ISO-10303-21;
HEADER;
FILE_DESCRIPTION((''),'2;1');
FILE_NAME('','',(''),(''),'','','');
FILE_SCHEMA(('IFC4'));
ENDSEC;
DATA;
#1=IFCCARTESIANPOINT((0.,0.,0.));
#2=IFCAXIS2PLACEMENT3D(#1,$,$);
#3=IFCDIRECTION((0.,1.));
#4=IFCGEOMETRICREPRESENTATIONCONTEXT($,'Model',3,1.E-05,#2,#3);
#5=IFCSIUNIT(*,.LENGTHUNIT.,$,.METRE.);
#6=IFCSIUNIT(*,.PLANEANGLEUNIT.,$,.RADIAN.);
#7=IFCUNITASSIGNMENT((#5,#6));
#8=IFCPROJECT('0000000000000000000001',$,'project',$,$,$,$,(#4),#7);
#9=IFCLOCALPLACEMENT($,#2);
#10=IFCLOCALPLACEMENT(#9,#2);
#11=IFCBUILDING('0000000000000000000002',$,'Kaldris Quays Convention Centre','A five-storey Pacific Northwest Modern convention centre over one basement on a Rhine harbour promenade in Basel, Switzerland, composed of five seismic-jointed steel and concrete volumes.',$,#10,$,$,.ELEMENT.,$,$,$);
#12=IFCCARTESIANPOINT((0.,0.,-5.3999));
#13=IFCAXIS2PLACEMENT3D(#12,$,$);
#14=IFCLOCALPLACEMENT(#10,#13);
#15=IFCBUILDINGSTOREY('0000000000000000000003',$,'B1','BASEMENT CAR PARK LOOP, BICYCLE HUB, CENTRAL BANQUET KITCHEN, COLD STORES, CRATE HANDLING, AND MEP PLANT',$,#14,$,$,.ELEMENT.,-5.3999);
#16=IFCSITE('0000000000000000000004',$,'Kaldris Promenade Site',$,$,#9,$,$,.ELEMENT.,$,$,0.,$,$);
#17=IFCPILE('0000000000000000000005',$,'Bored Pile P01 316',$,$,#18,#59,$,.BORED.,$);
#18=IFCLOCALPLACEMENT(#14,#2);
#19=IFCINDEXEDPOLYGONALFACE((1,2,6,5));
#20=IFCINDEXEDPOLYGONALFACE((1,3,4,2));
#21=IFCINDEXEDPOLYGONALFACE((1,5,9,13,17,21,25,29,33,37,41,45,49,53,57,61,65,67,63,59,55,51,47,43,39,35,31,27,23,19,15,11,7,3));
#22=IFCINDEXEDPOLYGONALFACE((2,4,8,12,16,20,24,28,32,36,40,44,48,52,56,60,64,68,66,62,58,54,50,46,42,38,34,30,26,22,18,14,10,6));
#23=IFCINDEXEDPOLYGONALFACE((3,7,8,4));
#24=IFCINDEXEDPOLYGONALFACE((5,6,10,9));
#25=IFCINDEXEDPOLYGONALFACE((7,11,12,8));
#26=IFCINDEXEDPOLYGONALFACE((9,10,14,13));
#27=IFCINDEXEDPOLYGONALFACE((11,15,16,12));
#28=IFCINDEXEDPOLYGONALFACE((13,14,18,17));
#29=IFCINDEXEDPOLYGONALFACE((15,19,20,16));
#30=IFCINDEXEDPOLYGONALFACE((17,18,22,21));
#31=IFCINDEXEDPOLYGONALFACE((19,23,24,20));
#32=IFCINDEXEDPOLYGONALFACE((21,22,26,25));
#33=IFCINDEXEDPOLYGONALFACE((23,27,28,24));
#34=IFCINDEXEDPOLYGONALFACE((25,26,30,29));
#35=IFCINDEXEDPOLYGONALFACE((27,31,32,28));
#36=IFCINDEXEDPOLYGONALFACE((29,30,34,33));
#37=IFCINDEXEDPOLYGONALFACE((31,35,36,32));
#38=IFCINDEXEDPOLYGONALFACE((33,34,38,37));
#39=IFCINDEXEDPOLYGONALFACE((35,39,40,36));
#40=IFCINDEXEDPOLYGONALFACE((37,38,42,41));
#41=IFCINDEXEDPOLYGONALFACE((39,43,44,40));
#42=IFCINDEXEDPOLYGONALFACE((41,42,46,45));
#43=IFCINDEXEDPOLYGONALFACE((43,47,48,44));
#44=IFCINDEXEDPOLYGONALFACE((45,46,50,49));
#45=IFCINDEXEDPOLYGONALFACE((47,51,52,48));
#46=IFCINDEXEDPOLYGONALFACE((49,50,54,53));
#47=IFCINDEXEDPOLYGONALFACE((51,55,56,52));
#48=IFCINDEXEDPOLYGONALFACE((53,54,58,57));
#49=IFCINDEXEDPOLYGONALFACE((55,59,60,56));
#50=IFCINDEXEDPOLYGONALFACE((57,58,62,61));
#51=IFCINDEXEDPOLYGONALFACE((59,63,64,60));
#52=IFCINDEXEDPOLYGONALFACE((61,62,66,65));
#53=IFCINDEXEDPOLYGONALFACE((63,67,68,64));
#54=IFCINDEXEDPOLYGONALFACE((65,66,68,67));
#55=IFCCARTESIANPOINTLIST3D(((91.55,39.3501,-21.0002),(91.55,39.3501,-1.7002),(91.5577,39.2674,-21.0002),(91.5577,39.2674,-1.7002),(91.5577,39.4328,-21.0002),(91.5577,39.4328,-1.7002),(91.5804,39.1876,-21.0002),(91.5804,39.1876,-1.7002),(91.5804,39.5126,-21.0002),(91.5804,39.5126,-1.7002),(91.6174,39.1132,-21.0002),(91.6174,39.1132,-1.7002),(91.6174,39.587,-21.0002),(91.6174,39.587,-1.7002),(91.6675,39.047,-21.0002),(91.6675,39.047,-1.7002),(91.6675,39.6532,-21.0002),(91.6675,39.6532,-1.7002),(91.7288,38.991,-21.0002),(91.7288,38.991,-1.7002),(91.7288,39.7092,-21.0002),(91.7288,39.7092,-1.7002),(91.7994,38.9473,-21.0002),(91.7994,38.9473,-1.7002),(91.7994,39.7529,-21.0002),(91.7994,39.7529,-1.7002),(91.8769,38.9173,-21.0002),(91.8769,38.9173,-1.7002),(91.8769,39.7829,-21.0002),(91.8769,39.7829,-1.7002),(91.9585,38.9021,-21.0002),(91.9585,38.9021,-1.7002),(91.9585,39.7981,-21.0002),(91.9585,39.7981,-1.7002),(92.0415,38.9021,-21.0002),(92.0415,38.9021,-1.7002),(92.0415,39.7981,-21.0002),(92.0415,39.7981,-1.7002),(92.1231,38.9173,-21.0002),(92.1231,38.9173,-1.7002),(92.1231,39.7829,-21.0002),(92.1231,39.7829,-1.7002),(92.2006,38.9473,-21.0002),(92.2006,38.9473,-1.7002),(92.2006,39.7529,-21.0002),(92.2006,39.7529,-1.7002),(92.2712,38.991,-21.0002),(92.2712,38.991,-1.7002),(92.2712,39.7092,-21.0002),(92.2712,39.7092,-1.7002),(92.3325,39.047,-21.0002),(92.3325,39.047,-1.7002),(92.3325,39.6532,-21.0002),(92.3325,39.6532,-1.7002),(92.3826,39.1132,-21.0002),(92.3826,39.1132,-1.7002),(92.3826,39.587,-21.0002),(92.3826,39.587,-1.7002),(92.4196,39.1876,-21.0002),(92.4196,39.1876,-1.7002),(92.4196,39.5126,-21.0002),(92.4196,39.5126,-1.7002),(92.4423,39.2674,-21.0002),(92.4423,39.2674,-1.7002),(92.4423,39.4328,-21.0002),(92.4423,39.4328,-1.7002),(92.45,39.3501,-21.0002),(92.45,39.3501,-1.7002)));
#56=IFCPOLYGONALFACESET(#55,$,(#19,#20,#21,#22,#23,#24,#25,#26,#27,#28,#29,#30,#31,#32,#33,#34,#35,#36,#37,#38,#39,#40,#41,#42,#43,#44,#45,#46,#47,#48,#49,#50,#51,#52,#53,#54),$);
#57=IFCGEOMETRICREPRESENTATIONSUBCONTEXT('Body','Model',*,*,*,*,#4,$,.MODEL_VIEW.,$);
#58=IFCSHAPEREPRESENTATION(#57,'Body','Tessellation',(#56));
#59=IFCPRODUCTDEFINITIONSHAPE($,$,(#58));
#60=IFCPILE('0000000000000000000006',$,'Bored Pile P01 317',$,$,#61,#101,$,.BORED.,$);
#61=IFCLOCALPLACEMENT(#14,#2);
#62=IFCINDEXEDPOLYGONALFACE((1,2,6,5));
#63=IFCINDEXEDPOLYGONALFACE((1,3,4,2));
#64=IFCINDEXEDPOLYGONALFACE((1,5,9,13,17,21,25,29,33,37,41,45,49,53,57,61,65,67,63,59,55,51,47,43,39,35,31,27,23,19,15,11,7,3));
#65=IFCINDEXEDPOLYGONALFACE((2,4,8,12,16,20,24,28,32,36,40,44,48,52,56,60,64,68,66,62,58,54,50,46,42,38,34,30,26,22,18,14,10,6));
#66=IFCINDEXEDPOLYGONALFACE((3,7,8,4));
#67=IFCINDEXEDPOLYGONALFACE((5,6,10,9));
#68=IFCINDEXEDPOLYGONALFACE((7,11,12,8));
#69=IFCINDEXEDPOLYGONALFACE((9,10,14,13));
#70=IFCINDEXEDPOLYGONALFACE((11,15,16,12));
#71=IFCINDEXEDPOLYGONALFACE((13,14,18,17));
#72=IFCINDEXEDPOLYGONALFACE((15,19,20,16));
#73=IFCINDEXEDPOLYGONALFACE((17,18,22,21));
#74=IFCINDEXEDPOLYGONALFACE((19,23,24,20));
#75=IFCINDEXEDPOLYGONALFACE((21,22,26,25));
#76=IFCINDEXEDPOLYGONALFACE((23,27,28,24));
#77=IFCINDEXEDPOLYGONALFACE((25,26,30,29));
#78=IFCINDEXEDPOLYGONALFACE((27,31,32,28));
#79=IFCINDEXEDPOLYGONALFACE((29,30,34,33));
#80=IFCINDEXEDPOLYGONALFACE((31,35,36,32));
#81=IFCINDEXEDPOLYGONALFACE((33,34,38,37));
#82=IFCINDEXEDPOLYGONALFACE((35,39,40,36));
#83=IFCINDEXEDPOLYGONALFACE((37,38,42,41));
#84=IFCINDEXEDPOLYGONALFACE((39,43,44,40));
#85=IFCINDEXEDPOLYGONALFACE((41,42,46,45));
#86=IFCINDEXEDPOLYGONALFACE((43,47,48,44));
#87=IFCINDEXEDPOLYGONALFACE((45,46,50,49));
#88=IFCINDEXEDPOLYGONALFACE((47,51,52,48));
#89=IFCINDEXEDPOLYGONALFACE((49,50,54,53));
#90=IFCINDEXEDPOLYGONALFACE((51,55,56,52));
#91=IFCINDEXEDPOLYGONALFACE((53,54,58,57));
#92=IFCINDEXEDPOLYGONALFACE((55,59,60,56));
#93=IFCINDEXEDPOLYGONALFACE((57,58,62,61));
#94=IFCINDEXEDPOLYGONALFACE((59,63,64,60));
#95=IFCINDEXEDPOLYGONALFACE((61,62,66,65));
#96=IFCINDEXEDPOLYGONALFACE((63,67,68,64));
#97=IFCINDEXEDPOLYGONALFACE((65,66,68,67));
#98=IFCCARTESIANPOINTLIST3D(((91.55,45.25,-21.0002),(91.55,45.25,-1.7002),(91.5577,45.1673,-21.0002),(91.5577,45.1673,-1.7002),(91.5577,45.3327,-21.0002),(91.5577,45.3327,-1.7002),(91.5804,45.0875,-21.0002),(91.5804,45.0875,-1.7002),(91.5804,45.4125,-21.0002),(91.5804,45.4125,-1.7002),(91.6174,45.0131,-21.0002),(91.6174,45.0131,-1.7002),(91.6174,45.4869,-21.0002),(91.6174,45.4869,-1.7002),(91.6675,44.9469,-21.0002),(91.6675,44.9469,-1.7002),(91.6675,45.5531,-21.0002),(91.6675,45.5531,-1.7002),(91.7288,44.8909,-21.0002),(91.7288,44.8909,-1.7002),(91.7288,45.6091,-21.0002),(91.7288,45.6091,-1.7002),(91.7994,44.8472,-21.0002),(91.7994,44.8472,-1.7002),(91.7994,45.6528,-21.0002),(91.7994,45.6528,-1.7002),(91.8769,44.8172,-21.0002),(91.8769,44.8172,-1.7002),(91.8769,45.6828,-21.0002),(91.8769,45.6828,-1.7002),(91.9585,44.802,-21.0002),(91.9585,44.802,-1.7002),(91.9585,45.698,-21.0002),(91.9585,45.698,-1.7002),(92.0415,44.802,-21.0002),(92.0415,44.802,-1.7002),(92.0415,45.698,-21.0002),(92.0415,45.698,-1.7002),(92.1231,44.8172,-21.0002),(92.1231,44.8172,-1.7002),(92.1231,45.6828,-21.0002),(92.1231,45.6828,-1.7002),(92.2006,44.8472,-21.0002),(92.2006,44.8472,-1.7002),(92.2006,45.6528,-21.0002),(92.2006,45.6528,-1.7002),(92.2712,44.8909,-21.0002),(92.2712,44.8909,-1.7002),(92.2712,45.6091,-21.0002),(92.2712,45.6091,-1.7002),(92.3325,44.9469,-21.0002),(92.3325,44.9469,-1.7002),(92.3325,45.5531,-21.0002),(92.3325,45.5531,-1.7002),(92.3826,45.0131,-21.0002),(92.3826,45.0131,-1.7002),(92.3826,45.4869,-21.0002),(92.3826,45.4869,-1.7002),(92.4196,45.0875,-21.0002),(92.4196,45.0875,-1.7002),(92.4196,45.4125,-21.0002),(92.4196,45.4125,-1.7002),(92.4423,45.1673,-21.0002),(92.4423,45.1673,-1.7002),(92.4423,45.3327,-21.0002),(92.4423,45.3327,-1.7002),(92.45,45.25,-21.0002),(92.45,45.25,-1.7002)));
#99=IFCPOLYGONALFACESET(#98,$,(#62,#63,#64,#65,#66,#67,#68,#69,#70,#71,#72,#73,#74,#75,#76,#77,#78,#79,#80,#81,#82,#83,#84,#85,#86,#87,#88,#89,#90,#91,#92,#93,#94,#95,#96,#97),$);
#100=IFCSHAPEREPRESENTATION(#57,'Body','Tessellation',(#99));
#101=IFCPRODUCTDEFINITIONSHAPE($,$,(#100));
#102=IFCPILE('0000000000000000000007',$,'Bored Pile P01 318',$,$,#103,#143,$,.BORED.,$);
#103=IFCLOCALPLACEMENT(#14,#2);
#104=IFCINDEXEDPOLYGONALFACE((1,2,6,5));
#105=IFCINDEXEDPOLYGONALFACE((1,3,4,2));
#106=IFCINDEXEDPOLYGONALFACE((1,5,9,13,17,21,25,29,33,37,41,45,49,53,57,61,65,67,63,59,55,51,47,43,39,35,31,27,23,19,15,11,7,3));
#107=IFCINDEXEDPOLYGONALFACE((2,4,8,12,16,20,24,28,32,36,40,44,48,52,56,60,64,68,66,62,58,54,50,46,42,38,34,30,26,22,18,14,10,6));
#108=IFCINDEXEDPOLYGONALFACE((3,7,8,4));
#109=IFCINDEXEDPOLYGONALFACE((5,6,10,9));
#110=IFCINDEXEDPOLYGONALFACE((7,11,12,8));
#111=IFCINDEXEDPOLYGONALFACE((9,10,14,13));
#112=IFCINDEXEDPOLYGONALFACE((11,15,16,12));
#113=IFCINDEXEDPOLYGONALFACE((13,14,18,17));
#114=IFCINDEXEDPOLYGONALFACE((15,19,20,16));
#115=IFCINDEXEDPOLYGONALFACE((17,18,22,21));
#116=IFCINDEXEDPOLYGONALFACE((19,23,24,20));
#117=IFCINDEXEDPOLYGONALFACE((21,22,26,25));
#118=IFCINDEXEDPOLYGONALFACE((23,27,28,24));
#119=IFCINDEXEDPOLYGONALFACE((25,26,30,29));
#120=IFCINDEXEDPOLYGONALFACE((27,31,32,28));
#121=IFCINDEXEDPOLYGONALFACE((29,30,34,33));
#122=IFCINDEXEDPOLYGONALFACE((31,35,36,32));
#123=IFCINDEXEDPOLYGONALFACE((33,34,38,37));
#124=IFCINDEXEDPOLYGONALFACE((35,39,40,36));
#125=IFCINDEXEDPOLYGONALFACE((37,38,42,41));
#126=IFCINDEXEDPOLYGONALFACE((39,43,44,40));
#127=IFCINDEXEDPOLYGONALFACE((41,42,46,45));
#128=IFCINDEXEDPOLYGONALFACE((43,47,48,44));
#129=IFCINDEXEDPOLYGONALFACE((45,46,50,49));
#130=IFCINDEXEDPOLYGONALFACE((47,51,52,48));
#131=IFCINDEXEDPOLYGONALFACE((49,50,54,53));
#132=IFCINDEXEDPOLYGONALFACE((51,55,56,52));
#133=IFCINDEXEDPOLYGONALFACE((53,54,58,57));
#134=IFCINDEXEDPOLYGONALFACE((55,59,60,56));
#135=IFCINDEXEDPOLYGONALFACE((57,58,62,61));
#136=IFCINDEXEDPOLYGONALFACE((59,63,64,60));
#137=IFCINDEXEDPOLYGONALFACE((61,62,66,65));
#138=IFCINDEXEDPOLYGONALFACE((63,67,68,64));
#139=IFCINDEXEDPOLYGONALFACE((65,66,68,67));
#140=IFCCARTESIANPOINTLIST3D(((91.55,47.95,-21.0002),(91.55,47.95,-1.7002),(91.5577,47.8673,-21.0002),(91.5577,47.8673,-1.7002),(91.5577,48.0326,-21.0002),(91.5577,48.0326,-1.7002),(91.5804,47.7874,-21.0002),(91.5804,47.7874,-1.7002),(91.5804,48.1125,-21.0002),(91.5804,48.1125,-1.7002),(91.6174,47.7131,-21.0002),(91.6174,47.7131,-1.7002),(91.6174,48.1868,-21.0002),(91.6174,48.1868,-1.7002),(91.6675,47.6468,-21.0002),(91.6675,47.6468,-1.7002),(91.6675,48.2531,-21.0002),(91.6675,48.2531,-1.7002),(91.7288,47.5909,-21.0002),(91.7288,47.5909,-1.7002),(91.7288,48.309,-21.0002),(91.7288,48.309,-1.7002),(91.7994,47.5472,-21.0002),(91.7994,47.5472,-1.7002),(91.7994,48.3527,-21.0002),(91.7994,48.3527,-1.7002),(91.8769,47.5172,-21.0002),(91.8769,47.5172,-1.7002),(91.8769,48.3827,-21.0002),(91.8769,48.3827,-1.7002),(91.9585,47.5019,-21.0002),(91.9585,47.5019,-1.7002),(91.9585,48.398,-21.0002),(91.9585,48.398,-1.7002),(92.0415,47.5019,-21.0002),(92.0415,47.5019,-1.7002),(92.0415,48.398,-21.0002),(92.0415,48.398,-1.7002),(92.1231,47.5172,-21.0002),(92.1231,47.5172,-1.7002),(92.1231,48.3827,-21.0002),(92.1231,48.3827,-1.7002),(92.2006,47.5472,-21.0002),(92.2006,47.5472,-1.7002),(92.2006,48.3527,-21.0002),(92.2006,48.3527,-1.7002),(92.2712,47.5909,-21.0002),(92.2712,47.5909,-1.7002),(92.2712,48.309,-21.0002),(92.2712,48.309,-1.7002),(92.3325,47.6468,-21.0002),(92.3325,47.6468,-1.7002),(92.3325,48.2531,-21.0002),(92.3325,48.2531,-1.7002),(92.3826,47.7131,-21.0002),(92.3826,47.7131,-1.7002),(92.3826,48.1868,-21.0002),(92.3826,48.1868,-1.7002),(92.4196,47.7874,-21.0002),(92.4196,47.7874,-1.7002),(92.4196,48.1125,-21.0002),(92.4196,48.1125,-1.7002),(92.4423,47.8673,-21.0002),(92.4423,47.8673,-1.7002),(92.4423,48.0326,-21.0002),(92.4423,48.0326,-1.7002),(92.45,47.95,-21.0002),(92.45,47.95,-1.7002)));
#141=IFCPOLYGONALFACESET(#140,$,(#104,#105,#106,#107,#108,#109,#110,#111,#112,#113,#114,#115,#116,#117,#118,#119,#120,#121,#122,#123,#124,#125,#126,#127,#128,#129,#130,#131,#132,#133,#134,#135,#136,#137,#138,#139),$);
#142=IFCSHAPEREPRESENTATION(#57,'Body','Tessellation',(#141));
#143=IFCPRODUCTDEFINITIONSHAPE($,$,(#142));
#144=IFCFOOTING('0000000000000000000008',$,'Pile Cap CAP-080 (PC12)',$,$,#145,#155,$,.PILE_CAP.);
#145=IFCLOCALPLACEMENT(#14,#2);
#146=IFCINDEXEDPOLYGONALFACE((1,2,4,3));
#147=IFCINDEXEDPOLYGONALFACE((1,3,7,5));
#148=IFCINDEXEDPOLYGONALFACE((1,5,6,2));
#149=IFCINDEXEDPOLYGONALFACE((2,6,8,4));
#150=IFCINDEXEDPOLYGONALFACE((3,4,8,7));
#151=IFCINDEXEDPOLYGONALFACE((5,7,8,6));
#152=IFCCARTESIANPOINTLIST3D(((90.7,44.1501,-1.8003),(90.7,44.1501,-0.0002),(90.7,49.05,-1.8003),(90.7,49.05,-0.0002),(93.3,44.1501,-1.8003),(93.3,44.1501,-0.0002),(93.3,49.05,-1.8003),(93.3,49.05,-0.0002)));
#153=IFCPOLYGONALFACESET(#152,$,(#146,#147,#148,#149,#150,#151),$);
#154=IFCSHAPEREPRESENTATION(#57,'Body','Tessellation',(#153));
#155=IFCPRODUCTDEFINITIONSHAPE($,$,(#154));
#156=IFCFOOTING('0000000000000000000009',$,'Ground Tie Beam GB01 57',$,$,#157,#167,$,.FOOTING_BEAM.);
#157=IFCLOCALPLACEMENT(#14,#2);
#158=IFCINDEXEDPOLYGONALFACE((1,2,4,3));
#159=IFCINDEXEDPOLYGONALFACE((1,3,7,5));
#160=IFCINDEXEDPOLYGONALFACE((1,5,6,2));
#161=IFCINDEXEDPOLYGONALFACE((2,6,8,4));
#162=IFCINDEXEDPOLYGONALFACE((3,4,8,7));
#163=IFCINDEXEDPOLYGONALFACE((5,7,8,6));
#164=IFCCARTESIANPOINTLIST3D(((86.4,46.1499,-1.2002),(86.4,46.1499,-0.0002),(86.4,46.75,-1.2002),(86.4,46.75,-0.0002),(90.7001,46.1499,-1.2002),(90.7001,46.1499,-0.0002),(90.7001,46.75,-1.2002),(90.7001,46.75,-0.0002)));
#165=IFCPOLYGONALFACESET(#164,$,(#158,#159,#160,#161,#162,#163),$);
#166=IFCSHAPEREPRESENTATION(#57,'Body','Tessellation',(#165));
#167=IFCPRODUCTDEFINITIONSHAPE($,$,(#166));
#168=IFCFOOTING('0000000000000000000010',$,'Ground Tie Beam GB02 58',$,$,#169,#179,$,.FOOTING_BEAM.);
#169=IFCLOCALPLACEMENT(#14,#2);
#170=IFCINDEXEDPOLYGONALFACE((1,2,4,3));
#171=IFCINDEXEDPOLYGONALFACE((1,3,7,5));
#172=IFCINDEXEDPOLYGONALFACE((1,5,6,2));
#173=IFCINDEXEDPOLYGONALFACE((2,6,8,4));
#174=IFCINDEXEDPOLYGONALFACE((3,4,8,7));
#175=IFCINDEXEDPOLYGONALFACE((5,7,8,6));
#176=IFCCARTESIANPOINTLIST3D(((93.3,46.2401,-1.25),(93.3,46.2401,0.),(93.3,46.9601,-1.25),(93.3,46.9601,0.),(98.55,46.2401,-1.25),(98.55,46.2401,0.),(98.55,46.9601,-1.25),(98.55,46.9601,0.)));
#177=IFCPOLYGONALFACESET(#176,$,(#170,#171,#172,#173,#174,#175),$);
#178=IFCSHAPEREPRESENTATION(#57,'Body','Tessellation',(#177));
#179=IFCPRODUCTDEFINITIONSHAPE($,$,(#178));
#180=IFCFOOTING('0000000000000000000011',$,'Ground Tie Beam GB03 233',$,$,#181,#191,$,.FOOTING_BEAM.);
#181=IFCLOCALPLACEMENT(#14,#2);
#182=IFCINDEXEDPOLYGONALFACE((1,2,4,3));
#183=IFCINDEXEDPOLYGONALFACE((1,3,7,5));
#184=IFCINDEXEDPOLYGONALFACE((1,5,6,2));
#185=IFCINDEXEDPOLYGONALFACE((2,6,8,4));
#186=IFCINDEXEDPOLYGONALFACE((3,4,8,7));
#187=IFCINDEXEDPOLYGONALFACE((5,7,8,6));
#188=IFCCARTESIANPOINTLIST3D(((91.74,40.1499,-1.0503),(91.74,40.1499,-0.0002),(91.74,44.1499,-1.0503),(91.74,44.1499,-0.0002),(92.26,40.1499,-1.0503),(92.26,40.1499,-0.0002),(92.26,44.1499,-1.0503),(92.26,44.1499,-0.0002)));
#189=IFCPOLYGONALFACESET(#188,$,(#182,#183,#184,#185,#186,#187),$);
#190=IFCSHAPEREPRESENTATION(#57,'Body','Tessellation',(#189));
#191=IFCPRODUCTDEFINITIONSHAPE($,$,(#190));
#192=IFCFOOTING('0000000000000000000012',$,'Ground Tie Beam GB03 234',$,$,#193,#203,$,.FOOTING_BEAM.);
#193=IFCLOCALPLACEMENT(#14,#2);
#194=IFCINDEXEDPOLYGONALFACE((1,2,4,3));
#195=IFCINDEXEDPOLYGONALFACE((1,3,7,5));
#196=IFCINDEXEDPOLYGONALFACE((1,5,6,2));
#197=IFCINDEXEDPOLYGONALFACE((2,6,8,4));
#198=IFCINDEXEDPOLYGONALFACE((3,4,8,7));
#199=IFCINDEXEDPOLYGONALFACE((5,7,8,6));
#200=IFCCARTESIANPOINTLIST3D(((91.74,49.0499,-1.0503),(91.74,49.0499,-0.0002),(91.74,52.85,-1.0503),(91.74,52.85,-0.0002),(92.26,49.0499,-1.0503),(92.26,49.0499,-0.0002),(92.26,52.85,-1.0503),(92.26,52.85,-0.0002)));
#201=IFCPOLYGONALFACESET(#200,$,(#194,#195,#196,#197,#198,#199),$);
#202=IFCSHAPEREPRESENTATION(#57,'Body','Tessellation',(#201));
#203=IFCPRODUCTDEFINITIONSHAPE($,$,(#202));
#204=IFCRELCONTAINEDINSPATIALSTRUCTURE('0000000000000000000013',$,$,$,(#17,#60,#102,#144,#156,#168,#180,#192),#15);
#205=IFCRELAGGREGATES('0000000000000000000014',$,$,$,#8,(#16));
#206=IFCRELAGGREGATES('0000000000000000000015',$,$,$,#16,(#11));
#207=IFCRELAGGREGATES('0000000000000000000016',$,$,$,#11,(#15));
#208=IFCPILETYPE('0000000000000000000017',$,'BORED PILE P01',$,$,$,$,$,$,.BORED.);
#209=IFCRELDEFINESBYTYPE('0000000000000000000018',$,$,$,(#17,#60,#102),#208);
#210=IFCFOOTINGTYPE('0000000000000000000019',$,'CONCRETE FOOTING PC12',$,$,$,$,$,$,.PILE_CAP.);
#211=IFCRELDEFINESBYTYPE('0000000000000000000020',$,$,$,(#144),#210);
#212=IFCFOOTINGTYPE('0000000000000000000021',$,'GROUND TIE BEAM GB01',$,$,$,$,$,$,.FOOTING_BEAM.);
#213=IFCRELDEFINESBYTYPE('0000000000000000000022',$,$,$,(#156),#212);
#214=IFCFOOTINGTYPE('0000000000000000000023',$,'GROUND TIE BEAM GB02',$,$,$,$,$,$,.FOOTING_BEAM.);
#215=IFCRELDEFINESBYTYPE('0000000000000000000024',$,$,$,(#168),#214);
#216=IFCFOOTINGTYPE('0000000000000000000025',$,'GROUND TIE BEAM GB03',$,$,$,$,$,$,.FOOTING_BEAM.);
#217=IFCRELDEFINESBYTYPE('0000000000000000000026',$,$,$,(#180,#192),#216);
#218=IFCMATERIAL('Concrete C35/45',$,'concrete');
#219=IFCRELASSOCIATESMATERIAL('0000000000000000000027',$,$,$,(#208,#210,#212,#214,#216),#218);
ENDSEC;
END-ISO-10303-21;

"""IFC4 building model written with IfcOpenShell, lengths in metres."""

from ifc_helpers import new_model, si_unit, direction, frame, origin, origin_2d, place, context, subcontext, project, spatial, rectangle, circle, extrude, material, material_profile, profile_set, type_object, element, save


model = new_model("IFC4")

# Units and contexts
model_context = context("Model", 3, precision=1e-05, world=origin(), true_north=direction((0.0, 1.0)))
body_context = subcontext(model_context, "Body", "Model", "MODEL_VIEW")
ifc_project = project(units=[si_unit("LENGTHUNIT", "METRE"), si_unit("PLANEANGLEUNIT", "RADIAN")], contexts=[model_context])

# Site, building, storey
site_placement = place(None, origin())
site = spatial("IfcSite", under=ifc_project, at=site_placement, Name="Kaldris Promenade Site", CompositionType="ELEMENT", RefElevation=0.0)
building_placement = place(site_placement, origin())
building = spatial("IfcBuilding", under=site, at=building_placement, Name="Kaldris Quays Convention Centre", Description="A five-storey Pacific Northwest Modern convention centre over one basement on a Rhine harbour promenade in Basel, Switzerland, composed of five seismic-jointed steel and concrete volumes.", CompositionType="ELEMENT")
storey_placement = place(building_placement, frame((0.0, 0.0, -5.3999)))
storey = spatial("IfcBuildingStorey", under=building, at=storey_placement, Name="B1", Description="BASEMENT CAR PARK LOOP, BICYCLE HUB, CENTRAL BANQUET KITCHEN, COLD STORES, CRATE HANDLING, AND MEP PLANT", CompositionType="ELEMENT", Elevation=-5.3999)

# Piles
ifc_material_1 = material(Name="Concrete C35/45", Category="concrete")
ifc_material_profile_1 = material_profile(ifc_material_1, circle(Radius=0.45, at=origin_2d()), Name="BORED PILE D900")
ifc_profile_set_1 = profile_set([ifc_material_profile_1], Name="Concrete C35/45")
pile_type = type_object("IfcPileType", Name="BORED PILE P01", PredefinedType="BORED", material=ifc_profile_set_1)
for number, where, z_axis, x_axis, name in (
    (1, (92.0, 39.3501, -1.7002), (0.0, 0.0, -1.0), (1.0, 0.0, 0.0), "Bored Pile P01 316"),
    (2, (92.0, 45.25, -1.7002), (0.0, 0.0, -1.0), (1.0, 0.0, 0.0), "Bored Pile P01 317"),
    (3, (92.0, 47.95, -1.7002), (0.0, 0.0, -1.0), (1.0, 0.0, 0.0), "Bored Pile P01 318"),
):
    element("IfcPile", number, at=place(storey_placement, frame(where, z_axis=z_axis, x_axis=x_axis)), inside=storey, type_object=pile_type, Name=name, PredefinedType="BORED", context=body_context, shape_type="SweptSolid", body=[
        extrude(circle(Radius=0.45, at=origin_2d()), origin(), (0.0, 0.0, 1.0), 19.3),
    ])

# Footings
footing_type_1 = type_object("IfcFootingType", Name="CONCRETE FOOTING PC12", PredefinedType="PILE_CAP", material=ifc_material_1)
footing_1_placement = place(storey_placement, frame((92.0, 46.6001, -1.8003), z_axis=(0.0, 0.0, 1.0), x_axis=(1.0, 0.0, 0.0)))
element("IfcFooting", 4, at=footing_1_placement, inside=storey, type_object=footing_type_1, Name="Pile Cap CAP-080 (PC12)", PredefinedType="PILE_CAP", context=body_context, shape_type="SweptSolid", body=[
    extrude(rectangle(XDim=2.6001, YDim=4.8999, at=origin_2d()), origin(), (0.0, 0.0, 1.0), 1.8),
])
footing_type_2 = type_object("IfcFootingType", Name="GROUND TIE BEAM GB01", PredefinedType="FOOTING_BEAM", material=ifc_material_1)
footing_2_placement = place(storey_placement, frame((88.55, 46.45, -1.2002), z_axis=(0.0, 0.0, 1.0), x_axis=(1.0, 0.0, 0.0)))
element("IfcFooting", 5, at=footing_2_placement, inside=storey, type_object=footing_type_2, Name="Ground Tie Beam GB01 57", PredefinedType="FOOTING_BEAM", context=body_context, shape_type="SweptSolid", body=[
    extrude(rectangle(XDim=4.3, YDim=0.6001, at=origin_2d()), origin(), (0.0, 0.0, 1.0), 1.2),
])
footing_type_3 = type_object("IfcFootingType", Name="GROUND TIE BEAM GB02", PredefinedType="FOOTING_BEAM", material=ifc_material_1)
footing_3_placement = place(storey_placement, frame((95.925, 46.6001, -1.25), z_axis=(0.0, 0.0, 1.0), x_axis=(1.0, 0.0, 0.0)))
element("IfcFooting", 6, at=footing_3_placement, inside=storey, type_object=footing_type_3, Name="Ground Tie Beam GB02 58", PredefinedType="FOOTING_BEAM", context=body_context, shape_type="SweptSolid", body=[
    extrude(rectangle(XDim=5.25, YDim=0.72, at=origin_2d()), origin(), (0.0, 0.0, 1.0), 1.25),
])
footing_type_4 = type_object("IfcFootingType", Name="GROUND TIE BEAM GB03", PredefinedType="FOOTING_BEAM", material=ifc_material_1)
footing_4_placement = place(storey_placement, frame((92.0, 42.1499, -1.0503), z_axis=(0.0, 0.0, 1.0), x_axis=(1.0, 0.0, 0.0)))
element("IfcFooting", 7, at=footing_4_placement, inside=storey, type_object=footing_type_4, Name="Ground Tie Beam GB03 233", PredefinedType="FOOTING_BEAM", context=body_context, shape_type="SweptSolid", body=[
    extrude(rectangle(XDim=0.52, YDim=4.0, at=origin_2d()), origin(), (0.0, 0.0, 1.0), 1.05),
])
footing_5_placement = place(storey_placement, frame((92.0, 50.95, -1.0503), z_axis=(0.0, 0.0, 1.0), x_axis=(1.0, 0.0, 0.0)))
element("IfcFooting", 8, at=footing_5_placement, inside=storey, type_object=footing_type_4, Name="Ground Tie Beam GB03 234", PredefinedType="FOOTING_BEAM", context=body_context, shape_type="SweptSolid", body=[
    extrude(rectangle(XDim=0.52, YDim=3.8, at=origin_2d()), origin(), (0.0, 0.0, 1.0), 1.05),
])

save(model, "model.ifc")
